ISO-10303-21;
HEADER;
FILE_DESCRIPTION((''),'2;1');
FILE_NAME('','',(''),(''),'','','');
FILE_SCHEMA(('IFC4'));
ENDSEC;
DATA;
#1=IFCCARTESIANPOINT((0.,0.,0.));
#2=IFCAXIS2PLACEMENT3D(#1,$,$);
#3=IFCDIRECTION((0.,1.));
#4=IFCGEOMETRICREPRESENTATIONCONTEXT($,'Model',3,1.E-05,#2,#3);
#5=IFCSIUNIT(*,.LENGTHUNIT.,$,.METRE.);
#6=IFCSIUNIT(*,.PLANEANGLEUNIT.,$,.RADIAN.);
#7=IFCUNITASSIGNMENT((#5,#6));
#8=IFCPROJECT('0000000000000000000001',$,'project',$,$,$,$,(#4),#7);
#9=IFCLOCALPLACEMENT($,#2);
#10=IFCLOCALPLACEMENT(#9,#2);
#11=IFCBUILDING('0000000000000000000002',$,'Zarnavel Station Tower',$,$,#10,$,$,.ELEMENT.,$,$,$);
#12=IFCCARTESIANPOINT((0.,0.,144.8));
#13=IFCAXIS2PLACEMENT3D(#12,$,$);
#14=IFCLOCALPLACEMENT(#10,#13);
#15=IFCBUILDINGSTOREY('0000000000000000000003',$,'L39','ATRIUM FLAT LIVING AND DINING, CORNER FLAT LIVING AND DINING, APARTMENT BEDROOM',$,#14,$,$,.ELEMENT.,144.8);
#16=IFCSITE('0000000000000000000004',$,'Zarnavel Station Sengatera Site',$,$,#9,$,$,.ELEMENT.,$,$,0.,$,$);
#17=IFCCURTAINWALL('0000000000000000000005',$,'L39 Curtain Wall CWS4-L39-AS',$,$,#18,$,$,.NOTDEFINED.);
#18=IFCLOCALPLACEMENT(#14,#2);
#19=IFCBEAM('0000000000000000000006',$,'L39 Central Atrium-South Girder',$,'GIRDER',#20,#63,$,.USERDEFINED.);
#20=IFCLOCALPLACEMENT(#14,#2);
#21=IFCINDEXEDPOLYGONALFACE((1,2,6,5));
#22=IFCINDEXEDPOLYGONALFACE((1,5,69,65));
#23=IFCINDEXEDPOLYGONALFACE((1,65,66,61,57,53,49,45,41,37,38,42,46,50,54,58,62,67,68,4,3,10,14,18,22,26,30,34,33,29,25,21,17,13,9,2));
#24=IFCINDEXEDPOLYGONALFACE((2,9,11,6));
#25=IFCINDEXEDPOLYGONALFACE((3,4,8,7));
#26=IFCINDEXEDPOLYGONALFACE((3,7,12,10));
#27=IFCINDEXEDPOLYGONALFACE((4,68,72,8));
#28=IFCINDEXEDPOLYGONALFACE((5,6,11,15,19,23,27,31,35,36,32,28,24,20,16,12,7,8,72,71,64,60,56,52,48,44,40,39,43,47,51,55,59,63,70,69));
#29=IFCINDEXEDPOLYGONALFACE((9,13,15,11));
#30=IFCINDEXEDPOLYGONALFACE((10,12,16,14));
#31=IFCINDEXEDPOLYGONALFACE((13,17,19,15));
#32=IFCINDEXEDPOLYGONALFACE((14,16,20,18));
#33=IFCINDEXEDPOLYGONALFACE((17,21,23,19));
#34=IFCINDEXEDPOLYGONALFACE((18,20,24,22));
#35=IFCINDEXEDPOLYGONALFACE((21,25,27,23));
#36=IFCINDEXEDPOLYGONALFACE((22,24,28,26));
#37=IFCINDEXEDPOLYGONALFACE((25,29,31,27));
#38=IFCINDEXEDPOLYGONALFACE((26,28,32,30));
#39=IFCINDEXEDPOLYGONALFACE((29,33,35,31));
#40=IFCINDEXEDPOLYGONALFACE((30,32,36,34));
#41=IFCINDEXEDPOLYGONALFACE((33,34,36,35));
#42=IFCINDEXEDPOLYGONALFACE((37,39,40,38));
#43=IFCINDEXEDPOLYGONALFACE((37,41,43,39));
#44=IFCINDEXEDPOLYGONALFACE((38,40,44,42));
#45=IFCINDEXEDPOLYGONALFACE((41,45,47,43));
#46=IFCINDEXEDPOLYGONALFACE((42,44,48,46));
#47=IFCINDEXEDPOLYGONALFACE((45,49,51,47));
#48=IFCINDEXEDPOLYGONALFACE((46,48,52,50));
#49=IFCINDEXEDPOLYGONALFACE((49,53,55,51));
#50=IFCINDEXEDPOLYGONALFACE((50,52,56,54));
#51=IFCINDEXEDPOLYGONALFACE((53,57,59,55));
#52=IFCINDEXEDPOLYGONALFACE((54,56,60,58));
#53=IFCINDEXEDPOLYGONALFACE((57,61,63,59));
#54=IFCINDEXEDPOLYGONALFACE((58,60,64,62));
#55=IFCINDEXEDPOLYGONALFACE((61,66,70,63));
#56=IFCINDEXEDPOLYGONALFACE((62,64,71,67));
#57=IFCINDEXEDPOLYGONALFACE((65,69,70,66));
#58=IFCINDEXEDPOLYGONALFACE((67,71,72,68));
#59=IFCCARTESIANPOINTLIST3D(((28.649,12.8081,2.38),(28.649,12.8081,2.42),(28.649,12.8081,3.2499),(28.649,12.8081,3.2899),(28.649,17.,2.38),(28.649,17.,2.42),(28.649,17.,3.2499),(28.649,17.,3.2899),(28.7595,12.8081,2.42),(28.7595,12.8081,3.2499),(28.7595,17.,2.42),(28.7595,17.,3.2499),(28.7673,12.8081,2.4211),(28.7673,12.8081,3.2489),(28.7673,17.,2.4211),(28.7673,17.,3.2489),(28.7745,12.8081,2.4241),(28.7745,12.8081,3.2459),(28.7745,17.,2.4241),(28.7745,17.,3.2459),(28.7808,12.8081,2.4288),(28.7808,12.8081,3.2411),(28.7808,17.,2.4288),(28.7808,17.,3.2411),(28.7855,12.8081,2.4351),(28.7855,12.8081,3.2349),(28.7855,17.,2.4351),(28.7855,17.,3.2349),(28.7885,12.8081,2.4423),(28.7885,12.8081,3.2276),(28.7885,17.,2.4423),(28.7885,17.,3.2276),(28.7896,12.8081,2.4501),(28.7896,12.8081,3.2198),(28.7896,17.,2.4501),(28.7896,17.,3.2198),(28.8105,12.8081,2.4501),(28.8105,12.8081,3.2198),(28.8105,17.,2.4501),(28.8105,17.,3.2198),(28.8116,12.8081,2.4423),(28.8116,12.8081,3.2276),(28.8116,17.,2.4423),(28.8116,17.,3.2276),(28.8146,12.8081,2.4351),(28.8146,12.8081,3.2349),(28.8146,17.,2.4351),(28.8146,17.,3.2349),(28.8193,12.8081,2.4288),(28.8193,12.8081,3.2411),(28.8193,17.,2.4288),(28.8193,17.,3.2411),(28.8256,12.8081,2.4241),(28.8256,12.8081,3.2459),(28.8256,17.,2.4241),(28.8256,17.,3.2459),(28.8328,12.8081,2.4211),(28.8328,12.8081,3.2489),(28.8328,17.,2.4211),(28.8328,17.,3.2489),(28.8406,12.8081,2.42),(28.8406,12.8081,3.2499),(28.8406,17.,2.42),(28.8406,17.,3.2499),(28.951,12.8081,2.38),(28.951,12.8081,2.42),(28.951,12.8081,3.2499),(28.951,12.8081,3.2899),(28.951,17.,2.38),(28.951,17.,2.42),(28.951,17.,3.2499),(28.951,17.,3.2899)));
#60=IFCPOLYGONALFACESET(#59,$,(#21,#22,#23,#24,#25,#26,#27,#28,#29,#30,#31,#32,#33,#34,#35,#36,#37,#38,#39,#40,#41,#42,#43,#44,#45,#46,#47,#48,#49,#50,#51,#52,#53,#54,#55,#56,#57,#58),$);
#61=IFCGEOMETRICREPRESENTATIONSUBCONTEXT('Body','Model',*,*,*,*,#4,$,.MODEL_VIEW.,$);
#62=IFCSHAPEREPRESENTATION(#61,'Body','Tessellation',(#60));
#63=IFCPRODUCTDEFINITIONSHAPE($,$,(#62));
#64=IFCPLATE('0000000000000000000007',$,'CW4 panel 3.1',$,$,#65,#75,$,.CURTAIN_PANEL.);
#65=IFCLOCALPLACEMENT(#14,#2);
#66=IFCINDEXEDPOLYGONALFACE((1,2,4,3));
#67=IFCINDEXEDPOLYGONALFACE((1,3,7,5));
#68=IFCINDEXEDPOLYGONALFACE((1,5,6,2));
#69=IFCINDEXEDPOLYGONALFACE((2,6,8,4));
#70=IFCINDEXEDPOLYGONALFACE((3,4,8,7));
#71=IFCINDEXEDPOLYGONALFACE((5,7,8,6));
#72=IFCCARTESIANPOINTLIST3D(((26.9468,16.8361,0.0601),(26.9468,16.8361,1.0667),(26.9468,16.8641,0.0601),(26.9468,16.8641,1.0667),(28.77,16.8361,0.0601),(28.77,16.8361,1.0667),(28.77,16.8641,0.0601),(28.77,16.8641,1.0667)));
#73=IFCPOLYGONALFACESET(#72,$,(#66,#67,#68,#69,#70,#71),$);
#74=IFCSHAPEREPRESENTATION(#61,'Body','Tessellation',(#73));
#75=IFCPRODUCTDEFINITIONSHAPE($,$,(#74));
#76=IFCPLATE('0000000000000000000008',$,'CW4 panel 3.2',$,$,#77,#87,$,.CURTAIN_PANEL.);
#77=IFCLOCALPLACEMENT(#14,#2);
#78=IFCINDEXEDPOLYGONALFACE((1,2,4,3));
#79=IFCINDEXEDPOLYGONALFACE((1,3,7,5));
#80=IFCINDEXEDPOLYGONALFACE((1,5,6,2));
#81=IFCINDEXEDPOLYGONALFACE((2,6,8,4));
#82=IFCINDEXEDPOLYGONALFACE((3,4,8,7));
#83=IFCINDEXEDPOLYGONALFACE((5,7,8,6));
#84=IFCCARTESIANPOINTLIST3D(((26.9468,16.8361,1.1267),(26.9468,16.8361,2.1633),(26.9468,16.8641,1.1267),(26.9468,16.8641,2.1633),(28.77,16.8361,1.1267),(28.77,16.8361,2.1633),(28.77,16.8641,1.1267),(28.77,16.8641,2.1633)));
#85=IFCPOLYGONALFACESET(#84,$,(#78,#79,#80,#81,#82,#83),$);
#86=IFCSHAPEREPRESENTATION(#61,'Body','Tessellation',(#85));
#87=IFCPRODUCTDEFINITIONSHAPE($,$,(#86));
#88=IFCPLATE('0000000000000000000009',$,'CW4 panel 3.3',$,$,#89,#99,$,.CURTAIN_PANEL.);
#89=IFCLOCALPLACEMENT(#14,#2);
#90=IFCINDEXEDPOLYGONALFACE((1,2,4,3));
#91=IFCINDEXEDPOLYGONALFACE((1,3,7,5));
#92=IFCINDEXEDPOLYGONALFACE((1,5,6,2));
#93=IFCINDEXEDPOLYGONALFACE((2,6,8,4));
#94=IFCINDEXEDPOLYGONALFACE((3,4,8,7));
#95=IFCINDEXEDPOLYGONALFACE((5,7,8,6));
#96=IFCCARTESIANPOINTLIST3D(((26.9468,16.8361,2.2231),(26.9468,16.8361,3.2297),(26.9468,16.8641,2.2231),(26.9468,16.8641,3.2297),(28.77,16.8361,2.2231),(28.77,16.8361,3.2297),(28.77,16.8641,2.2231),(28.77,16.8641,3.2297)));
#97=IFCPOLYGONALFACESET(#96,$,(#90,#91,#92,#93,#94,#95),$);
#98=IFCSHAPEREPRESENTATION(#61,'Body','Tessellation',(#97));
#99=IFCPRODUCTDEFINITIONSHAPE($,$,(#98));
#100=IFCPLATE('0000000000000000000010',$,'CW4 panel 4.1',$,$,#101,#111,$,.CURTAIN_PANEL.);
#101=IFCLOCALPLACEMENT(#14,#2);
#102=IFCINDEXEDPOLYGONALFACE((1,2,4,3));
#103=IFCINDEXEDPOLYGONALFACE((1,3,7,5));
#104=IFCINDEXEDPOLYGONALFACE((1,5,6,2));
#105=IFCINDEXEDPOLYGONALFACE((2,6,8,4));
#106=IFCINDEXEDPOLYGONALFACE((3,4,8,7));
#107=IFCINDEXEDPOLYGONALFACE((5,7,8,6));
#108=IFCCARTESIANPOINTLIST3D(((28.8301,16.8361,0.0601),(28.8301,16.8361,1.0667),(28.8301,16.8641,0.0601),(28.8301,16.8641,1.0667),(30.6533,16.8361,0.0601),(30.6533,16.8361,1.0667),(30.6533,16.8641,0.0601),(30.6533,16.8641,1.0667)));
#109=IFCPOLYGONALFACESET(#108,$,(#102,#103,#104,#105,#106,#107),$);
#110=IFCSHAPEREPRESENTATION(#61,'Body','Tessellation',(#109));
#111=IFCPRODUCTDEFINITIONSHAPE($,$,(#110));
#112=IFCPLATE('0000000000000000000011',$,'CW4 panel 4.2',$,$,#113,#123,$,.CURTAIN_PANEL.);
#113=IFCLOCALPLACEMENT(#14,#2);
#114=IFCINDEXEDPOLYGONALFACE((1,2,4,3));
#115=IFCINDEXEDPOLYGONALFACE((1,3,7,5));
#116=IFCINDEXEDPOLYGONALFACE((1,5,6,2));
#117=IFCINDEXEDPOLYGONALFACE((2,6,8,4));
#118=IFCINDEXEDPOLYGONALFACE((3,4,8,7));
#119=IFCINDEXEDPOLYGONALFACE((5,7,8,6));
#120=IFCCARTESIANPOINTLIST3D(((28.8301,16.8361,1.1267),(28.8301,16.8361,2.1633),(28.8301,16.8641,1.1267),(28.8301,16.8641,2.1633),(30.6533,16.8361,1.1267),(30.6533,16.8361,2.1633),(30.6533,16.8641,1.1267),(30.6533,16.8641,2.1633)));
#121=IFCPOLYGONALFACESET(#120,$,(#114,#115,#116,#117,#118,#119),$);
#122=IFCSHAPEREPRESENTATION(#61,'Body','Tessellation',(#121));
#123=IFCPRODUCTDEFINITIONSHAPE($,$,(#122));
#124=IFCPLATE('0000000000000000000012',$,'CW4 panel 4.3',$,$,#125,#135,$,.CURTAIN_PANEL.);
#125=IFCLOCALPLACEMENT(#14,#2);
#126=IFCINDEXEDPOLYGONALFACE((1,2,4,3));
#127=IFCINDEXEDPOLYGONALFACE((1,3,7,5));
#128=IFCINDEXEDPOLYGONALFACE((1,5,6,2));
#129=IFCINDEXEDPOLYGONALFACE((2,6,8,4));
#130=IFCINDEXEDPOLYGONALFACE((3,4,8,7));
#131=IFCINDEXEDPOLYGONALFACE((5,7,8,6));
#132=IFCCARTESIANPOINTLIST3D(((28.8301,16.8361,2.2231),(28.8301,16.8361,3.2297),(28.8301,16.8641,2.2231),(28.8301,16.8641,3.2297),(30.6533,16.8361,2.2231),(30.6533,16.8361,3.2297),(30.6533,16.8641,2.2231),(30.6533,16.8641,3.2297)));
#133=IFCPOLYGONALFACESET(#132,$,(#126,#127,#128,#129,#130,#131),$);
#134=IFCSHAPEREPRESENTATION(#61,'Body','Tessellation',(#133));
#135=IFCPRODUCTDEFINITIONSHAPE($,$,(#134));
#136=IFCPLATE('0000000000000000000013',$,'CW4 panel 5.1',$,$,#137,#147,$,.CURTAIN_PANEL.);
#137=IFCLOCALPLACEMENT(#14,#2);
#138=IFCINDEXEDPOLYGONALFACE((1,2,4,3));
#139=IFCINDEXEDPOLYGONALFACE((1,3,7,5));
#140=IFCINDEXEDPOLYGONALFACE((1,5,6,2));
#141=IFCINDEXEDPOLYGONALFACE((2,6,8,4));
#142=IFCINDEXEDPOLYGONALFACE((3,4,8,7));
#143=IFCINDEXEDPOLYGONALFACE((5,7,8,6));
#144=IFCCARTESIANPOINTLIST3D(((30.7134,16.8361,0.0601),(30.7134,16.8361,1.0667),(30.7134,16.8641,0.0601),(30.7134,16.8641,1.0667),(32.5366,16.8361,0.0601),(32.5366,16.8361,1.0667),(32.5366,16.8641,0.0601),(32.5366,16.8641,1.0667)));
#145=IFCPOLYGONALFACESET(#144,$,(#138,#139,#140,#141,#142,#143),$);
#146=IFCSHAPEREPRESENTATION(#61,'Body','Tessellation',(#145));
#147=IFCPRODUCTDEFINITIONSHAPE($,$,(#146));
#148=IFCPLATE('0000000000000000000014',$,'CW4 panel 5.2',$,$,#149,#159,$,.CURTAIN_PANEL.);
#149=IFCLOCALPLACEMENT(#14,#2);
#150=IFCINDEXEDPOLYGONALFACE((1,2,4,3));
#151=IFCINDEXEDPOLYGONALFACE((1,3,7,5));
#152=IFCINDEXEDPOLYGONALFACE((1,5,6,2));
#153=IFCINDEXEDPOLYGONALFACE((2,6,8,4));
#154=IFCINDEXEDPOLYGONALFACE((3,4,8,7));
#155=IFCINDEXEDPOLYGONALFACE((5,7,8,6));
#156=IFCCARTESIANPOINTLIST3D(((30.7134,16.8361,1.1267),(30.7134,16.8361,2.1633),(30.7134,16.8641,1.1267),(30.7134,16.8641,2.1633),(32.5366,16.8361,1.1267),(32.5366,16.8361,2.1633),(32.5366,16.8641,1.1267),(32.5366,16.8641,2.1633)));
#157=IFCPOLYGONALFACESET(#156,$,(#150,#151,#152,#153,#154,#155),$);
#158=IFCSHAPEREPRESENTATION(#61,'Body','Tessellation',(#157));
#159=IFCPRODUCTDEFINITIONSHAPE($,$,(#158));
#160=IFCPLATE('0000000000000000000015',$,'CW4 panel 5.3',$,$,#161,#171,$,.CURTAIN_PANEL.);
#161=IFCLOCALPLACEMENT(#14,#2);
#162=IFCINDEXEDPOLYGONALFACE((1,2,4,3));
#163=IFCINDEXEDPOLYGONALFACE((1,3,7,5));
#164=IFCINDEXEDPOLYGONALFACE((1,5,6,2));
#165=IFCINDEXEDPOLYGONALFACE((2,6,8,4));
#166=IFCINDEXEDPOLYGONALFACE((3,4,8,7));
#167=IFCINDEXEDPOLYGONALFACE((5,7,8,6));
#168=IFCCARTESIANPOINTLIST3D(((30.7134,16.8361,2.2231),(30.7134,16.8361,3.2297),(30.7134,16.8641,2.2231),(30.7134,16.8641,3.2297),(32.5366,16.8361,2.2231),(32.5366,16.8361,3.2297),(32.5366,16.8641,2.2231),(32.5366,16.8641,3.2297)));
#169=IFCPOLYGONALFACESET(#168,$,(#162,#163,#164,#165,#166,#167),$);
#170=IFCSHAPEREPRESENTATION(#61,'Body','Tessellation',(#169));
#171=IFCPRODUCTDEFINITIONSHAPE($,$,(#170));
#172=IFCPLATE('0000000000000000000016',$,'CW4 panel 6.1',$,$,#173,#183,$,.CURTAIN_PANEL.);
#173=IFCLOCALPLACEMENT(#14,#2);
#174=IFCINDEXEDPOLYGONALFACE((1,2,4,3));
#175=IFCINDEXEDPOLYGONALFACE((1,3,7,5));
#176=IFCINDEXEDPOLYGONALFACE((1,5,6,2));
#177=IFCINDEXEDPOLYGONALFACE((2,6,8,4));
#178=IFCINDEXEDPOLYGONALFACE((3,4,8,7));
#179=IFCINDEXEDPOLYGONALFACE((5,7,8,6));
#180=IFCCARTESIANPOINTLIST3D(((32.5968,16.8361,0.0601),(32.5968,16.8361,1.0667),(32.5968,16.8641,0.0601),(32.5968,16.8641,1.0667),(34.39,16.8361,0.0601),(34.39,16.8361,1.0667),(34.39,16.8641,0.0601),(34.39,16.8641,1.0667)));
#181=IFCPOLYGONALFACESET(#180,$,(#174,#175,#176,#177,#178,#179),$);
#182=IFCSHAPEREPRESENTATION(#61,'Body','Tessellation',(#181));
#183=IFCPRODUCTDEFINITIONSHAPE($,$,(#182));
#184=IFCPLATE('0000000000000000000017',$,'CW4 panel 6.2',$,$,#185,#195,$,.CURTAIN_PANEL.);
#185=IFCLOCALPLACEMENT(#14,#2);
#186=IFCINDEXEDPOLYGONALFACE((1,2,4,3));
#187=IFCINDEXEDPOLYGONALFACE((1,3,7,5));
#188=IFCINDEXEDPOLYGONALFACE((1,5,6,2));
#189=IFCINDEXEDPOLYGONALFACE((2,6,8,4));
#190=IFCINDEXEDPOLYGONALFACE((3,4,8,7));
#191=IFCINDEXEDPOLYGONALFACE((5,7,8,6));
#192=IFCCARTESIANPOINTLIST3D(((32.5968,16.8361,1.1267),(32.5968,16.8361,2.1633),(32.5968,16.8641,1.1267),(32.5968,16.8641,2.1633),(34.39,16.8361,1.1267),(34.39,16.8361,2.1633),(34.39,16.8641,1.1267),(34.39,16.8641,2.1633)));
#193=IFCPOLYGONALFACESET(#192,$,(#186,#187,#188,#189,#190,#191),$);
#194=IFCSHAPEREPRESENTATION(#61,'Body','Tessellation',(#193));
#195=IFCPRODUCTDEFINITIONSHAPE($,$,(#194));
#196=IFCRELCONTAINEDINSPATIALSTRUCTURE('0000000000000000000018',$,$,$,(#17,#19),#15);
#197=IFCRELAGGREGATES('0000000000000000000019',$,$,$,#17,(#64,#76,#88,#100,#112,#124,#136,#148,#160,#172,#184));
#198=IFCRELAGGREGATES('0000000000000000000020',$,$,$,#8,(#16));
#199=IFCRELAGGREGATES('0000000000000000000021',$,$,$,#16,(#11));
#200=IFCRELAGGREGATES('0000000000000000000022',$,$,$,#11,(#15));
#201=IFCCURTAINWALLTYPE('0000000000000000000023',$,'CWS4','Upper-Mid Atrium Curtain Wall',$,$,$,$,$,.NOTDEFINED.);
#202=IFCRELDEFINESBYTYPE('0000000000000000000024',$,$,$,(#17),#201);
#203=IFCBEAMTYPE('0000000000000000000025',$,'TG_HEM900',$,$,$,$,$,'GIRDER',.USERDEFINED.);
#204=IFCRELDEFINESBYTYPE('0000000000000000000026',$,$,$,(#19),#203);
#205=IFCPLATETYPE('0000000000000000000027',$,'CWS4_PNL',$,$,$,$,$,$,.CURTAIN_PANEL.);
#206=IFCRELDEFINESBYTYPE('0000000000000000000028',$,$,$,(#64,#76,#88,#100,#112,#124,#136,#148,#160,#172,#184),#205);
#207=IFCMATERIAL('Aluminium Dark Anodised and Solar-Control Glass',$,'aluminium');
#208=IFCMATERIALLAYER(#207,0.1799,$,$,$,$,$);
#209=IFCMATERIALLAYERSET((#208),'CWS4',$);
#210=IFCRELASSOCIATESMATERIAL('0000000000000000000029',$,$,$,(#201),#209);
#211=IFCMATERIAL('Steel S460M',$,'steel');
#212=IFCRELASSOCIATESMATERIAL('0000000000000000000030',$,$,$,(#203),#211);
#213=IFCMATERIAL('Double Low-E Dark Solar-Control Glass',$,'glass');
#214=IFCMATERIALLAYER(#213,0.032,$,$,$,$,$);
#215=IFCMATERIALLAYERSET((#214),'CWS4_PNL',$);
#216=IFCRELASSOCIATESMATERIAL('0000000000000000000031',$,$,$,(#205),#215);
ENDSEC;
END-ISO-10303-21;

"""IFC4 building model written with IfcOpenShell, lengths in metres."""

from ifc_helpers import new_model, si_unit, direction, frame, origin, origin_2d, place, context, subcontext, project, spatial, rectangle, i_section, extrude, material, layer, layer_set, material_profile, profile_set, type_object, element, aggregate, save


model = new_model("IFC4")

# Units and contexts
model_context = context("Model", 3, precision=1e-05, world=origin(), true_north=direction((0.0, 1.0)))
body_context = subcontext(model_context, "Body", "Model", "MODEL_VIEW")
ifc_project = project(units=[si_unit("LENGTHUNIT", "METRE"), si_unit("PLANEANGLEUNIT", "RADIAN")], contexts=[model_context])

# Site, building, storey
site_placement = place(None, origin())
site = spatial("IfcSite", under=ifc_project, at=site_placement, Name="Zarnavel Station Sengatera Site", CompositionType="ELEMENT", RefElevation=0.0)
building_placement = place(site_placement, origin())
building = spatial("IfcBuilding", under=site, at=building_placement, Name="Zarnavel Station Tower", CompositionType="ELEMENT")
storey_placement = place(building_placement, frame((0.0, 0.0, 144.8)))
storey = spatial("IfcBuildingStorey", under=building, at=storey_placement, Name="L39", Description="ATRIUM FLAT LIVING AND DINING, CORNER FLAT LIVING AND DINING, APARTMENT BEDROOM", CompositionType="ELEMENT", Elevation=144.8)

# Curtain wall
ifc_material_1 = material(Name="Aluminium Dark Anodised and Solar-Control Glass", Category="aluminium")
ifc_layer_1 = layer(ifc_material_1, 0.1799)
ifc_layer_set_1 = layer_set([ifc_layer_1], Name="CWS4")
curtain_wall_type = type_object("IfcCurtainWallType", Name="CWS4", Description="Upper-Mid Atrium Curtain Wall", PredefinedType="NOTDEFINED", material=ifc_layer_set_1)
curtain_wall_placement = place(storey_placement, origin())
curtain_wall = element("IfcCurtainWall", 1, at=curtain_wall_placement, inside=storey, type_object=curtain_wall_type, Name="L39 Curtain Wall CWS4-L39-AS", PredefinedType="NOTDEFINED")

# Beam
ifc_material_2 = material(Name="Steel S460M", Category="steel")
ifc_material_profile_1 = material_profile(ifc_material_2, i_section(OverallWidth=0.302, OverallDepth=0.9099, WebThickness=0.021, FlangeThickness=0.04, FilletRadius=0.03, at=origin_2d()), Name="HEM900")
ifc_profile_set_1 = profile_set([ifc_material_profile_1], Name="Steel S460M")
beam_type_1 = type_object("IfcBeamType", Name="TG_HEM900", ElementType="GIRDER", PredefinedType="USERDEFINED", material=ifc_profile_set_1)
beam_1_placement = place(storey_placement, frame((28.8, 12.8081, 2.835), z_axis=(0.0, 1.0, 0.0), x_axis=(-1.0, 0.0, 0.0)))
element("IfcBeam", 2, at=beam_1_placement, inside=storey, type_object=beam_type_1, Name="L39 Central Atrium-South Girder", ObjectType="GIRDER", PredefinedType="USERDEFINED", context=body_context, shape_type="SweptSolid", body=[
    extrude(i_section(OverallWidth=0.302, OverallDepth=0.9099, WebThickness=0.021, FlangeThickness=0.04, FilletRadius=0.03, at=origin_2d()), origin(), (0.0, 0.0, 1.0), 4.1919),
])

# Plates
ifc_material_3 = material(Name="Double Low-E Dark Solar-Control Glass", Category="glass")
ifc_layer_2 = layer(ifc_material_3, 0.032)
ifc_layer_set_2 = layer_set([ifc_layer_2], Name="CWS4_PNL")
plate_type = type_object("IfcPlateType", Name="CWS4_PNL", PredefinedType="CURTAIN_PANEL", material=ifc_layer_set_2)
plate_1_placement = place(storey_placement, frame((27.8584, 16.8501, 0.0601), z_axis=(0.0, 0.0, 1.0), x_axis=(1.0, 0.0, 0.0)))
plate_1 = element("IfcPlate", 3, at=plate_1_placement, type_object=plate_type, Name="CW4 panel 3.1", PredefinedType="CURTAIN_PANEL", context=body_context, shape_type="SweptSolid", body=[
    extrude(rectangle(XDim=1.8232, YDim=0.0281, at=origin_2d()), origin(), (0.0, 0.0, 1.0), 1.0066),
])
plate_2_placement = place(storey_placement, frame((27.8584, 16.8501, 1.1267), z_axis=(0.0, 0.0, 1.0), x_axis=(1.0, 0.0, 0.0)))
plate_2 = element("IfcPlate", 4, at=plate_2_placement, type_object=plate_type, Name="CW4 panel 3.2", PredefinedType="CURTAIN_PANEL", context=body_context, shape_type="SweptSolid", body=[
    extrude(rectangle(XDim=1.8232, YDim=0.0281, at=origin_2d()), origin(), (0.0, 0.0, 1.0), 1.0366),
])
plate_3_placement = place(storey_placement, frame((27.8584, 16.8501, 2.2231), z_axis=(0.0, 0.0, 1.0), x_axis=(1.0, 0.0, 0.0)))
plate_3 = element("IfcPlate", 5, at=plate_3_placement, type_object=plate_type, Name="CW4 panel 3.3", PredefinedType="CURTAIN_PANEL", context=body_context, shape_type="SweptSolid", body=[
    extrude(rectangle(XDim=1.8232, YDim=0.0281, at=origin_2d()), origin(), (0.0, 0.0, 1.0), 1.0066),
])
plate_4_placement = place(storey_placement, frame((29.7417, 16.8501, 0.0601), z_axis=(0.0, 0.0, 1.0), x_axis=(1.0, 0.0, 0.0)))
plate_4 = element("IfcPlate", 6, at=plate_4_placement, type_object=plate_type, Name="CW4 panel 4.1", PredefinedType="CURTAIN_PANEL", context=body_context, shape_type="SweptSolid", body=[
    extrude(rectangle(XDim=1.8232, YDim=0.0281, at=origin_2d()), origin(), (0.0, 0.0, 1.0), 1.0066),
])
plate_5_placement = place(storey_placement, frame((29.7417, 16.8501, 1.1267), z_axis=(0.0, 0.0, 1.0), x_axis=(1.0, 0.0, 0.0)))
plate_5 = element("IfcPlate", 7, at=plate_5_placement, type_object=plate_type, Name="CW4 panel 4.2", PredefinedType="CURTAIN_PANEL", context=body_context, shape_type="SweptSolid", body=[
    extrude(rectangle(XDim=1.8232, YDim=0.0281, at=origin_2d()), origin(), (0.0, 0.0, 1.0), 1.0366),
])
plate_6_placement = place(storey_placement, frame((29.7417, 16.8501, 2.2231), z_axis=(0.0, 0.0, 1.0), x_axis=(1.0, 0.0, 0.0)))
plate_6 = element("IfcPlate", 8, at=plate_6_placement, type_object=plate_type, Name="CW4 panel 4.3", PredefinedType="CURTAIN_PANEL", context=body_context, shape_type="SweptSolid", body=[
    extrude(rectangle(XDim=1.8232, YDim=0.0281, at=origin_2d()), origin(), (0.0, 0.0, 1.0), 1.0066),
])
plate_7_placement = place(storey_placement, frame((31.625, 16.8501, 0.0601), z_axis=(0.0, 0.0, 1.0), x_axis=(1.0, 0.0, 0.0)))
plate_7 = element("IfcPlate", 9, at=plate_7_placement, type_object=plate_type, Name="CW4 panel 5.1", PredefinedType="CURTAIN_PANEL", context=body_context, shape_type="SweptSolid", body=[
    extrude(rectangle(XDim=1.8232, YDim=0.0281, at=origin_2d()), origin(), (0.0, 0.0, 1.0), 1.0066),
])
plate_8_placement = place(storey_placement, frame((31.625, 16.8501, 1.1267), z_axis=(0.0, 0.0, 1.0), x_axis=(1.0, 0.0, 0.0)))
plate_8 = element("IfcPlate", 10, at=plate_8_placement, type_object=plate_type, Name="CW4 panel 5.2", PredefinedType="CURTAIN_PANEL", context=body_context, shape_type="SweptSolid", body=[
    extrude(rectangle(XDim=1.8232, YDim=0.0281, at=origin_2d()), origin(), (0.0, 0.0, 1.0), 1.0366),
])
plate_9_placement = place(storey_placement, frame((31.625, 16.8501, 2.2231), z_axis=(0.0, 0.0, 1.0), x_axis=(1.0, 0.0, 0.0)))
plate_9 = element("IfcPlate", 11, at=plate_9_placement, type_object=plate_type, Name="CW4 panel 5.3", PredefinedType="CURTAIN_PANEL", context=body_context, shape_type="SweptSolid", body=[
    extrude(rectangle(XDim=1.8232, YDim=0.0281, at=origin_2d()), origin(), (0.0, 0.0, 1.0), 1.0066),
])
plate_10_placement = place(storey_placement, frame((33.4934, 16.8501, 0.0601), z_axis=(0.0, 0.0, 1.0), x_axis=(1.0, 0.0, 0.0)))
plate_10 = element("IfcPlate", 12, at=plate_10_placement, type_object=plate_type, Name="CW4 panel 6.1", PredefinedType="CURTAIN_PANEL", context=body_context, shape_type="SweptSolid", body=[
    extrude(rectangle(XDim=1.7932, YDim=0.0281, at=origin_2d()), origin(), (0.0, 0.0, 1.0), 1.0066),
])
plate_11_placement = place(storey_placement, frame((33.4934, 16.8501, 1.1267), z_axis=(0.0, 0.0, 1.0), x_axis=(1.0, 0.0, 0.0)))
plate_11 = element("IfcPlate", 13, at=plate_11_placement, type_object=plate_type, Name="CW4 panel 6.2", PredefinedType="CURTAIN_PANEL", context=body_context, shape_type="SweptSolid", body=[
    extrude(rectangle(XDim=1.7932, YDim=0.0281, at=origin_2d()), origin(), (0.0, 0.0, 1.0), 1.0366),
])
aggregate(curtain_wall, [plate_1, plate_2, plate_3, plate_4, plate_5, plate_6, plate_7, plate_8, plate_9, plate_10, plate_11])

save(model, "model.ifc")
